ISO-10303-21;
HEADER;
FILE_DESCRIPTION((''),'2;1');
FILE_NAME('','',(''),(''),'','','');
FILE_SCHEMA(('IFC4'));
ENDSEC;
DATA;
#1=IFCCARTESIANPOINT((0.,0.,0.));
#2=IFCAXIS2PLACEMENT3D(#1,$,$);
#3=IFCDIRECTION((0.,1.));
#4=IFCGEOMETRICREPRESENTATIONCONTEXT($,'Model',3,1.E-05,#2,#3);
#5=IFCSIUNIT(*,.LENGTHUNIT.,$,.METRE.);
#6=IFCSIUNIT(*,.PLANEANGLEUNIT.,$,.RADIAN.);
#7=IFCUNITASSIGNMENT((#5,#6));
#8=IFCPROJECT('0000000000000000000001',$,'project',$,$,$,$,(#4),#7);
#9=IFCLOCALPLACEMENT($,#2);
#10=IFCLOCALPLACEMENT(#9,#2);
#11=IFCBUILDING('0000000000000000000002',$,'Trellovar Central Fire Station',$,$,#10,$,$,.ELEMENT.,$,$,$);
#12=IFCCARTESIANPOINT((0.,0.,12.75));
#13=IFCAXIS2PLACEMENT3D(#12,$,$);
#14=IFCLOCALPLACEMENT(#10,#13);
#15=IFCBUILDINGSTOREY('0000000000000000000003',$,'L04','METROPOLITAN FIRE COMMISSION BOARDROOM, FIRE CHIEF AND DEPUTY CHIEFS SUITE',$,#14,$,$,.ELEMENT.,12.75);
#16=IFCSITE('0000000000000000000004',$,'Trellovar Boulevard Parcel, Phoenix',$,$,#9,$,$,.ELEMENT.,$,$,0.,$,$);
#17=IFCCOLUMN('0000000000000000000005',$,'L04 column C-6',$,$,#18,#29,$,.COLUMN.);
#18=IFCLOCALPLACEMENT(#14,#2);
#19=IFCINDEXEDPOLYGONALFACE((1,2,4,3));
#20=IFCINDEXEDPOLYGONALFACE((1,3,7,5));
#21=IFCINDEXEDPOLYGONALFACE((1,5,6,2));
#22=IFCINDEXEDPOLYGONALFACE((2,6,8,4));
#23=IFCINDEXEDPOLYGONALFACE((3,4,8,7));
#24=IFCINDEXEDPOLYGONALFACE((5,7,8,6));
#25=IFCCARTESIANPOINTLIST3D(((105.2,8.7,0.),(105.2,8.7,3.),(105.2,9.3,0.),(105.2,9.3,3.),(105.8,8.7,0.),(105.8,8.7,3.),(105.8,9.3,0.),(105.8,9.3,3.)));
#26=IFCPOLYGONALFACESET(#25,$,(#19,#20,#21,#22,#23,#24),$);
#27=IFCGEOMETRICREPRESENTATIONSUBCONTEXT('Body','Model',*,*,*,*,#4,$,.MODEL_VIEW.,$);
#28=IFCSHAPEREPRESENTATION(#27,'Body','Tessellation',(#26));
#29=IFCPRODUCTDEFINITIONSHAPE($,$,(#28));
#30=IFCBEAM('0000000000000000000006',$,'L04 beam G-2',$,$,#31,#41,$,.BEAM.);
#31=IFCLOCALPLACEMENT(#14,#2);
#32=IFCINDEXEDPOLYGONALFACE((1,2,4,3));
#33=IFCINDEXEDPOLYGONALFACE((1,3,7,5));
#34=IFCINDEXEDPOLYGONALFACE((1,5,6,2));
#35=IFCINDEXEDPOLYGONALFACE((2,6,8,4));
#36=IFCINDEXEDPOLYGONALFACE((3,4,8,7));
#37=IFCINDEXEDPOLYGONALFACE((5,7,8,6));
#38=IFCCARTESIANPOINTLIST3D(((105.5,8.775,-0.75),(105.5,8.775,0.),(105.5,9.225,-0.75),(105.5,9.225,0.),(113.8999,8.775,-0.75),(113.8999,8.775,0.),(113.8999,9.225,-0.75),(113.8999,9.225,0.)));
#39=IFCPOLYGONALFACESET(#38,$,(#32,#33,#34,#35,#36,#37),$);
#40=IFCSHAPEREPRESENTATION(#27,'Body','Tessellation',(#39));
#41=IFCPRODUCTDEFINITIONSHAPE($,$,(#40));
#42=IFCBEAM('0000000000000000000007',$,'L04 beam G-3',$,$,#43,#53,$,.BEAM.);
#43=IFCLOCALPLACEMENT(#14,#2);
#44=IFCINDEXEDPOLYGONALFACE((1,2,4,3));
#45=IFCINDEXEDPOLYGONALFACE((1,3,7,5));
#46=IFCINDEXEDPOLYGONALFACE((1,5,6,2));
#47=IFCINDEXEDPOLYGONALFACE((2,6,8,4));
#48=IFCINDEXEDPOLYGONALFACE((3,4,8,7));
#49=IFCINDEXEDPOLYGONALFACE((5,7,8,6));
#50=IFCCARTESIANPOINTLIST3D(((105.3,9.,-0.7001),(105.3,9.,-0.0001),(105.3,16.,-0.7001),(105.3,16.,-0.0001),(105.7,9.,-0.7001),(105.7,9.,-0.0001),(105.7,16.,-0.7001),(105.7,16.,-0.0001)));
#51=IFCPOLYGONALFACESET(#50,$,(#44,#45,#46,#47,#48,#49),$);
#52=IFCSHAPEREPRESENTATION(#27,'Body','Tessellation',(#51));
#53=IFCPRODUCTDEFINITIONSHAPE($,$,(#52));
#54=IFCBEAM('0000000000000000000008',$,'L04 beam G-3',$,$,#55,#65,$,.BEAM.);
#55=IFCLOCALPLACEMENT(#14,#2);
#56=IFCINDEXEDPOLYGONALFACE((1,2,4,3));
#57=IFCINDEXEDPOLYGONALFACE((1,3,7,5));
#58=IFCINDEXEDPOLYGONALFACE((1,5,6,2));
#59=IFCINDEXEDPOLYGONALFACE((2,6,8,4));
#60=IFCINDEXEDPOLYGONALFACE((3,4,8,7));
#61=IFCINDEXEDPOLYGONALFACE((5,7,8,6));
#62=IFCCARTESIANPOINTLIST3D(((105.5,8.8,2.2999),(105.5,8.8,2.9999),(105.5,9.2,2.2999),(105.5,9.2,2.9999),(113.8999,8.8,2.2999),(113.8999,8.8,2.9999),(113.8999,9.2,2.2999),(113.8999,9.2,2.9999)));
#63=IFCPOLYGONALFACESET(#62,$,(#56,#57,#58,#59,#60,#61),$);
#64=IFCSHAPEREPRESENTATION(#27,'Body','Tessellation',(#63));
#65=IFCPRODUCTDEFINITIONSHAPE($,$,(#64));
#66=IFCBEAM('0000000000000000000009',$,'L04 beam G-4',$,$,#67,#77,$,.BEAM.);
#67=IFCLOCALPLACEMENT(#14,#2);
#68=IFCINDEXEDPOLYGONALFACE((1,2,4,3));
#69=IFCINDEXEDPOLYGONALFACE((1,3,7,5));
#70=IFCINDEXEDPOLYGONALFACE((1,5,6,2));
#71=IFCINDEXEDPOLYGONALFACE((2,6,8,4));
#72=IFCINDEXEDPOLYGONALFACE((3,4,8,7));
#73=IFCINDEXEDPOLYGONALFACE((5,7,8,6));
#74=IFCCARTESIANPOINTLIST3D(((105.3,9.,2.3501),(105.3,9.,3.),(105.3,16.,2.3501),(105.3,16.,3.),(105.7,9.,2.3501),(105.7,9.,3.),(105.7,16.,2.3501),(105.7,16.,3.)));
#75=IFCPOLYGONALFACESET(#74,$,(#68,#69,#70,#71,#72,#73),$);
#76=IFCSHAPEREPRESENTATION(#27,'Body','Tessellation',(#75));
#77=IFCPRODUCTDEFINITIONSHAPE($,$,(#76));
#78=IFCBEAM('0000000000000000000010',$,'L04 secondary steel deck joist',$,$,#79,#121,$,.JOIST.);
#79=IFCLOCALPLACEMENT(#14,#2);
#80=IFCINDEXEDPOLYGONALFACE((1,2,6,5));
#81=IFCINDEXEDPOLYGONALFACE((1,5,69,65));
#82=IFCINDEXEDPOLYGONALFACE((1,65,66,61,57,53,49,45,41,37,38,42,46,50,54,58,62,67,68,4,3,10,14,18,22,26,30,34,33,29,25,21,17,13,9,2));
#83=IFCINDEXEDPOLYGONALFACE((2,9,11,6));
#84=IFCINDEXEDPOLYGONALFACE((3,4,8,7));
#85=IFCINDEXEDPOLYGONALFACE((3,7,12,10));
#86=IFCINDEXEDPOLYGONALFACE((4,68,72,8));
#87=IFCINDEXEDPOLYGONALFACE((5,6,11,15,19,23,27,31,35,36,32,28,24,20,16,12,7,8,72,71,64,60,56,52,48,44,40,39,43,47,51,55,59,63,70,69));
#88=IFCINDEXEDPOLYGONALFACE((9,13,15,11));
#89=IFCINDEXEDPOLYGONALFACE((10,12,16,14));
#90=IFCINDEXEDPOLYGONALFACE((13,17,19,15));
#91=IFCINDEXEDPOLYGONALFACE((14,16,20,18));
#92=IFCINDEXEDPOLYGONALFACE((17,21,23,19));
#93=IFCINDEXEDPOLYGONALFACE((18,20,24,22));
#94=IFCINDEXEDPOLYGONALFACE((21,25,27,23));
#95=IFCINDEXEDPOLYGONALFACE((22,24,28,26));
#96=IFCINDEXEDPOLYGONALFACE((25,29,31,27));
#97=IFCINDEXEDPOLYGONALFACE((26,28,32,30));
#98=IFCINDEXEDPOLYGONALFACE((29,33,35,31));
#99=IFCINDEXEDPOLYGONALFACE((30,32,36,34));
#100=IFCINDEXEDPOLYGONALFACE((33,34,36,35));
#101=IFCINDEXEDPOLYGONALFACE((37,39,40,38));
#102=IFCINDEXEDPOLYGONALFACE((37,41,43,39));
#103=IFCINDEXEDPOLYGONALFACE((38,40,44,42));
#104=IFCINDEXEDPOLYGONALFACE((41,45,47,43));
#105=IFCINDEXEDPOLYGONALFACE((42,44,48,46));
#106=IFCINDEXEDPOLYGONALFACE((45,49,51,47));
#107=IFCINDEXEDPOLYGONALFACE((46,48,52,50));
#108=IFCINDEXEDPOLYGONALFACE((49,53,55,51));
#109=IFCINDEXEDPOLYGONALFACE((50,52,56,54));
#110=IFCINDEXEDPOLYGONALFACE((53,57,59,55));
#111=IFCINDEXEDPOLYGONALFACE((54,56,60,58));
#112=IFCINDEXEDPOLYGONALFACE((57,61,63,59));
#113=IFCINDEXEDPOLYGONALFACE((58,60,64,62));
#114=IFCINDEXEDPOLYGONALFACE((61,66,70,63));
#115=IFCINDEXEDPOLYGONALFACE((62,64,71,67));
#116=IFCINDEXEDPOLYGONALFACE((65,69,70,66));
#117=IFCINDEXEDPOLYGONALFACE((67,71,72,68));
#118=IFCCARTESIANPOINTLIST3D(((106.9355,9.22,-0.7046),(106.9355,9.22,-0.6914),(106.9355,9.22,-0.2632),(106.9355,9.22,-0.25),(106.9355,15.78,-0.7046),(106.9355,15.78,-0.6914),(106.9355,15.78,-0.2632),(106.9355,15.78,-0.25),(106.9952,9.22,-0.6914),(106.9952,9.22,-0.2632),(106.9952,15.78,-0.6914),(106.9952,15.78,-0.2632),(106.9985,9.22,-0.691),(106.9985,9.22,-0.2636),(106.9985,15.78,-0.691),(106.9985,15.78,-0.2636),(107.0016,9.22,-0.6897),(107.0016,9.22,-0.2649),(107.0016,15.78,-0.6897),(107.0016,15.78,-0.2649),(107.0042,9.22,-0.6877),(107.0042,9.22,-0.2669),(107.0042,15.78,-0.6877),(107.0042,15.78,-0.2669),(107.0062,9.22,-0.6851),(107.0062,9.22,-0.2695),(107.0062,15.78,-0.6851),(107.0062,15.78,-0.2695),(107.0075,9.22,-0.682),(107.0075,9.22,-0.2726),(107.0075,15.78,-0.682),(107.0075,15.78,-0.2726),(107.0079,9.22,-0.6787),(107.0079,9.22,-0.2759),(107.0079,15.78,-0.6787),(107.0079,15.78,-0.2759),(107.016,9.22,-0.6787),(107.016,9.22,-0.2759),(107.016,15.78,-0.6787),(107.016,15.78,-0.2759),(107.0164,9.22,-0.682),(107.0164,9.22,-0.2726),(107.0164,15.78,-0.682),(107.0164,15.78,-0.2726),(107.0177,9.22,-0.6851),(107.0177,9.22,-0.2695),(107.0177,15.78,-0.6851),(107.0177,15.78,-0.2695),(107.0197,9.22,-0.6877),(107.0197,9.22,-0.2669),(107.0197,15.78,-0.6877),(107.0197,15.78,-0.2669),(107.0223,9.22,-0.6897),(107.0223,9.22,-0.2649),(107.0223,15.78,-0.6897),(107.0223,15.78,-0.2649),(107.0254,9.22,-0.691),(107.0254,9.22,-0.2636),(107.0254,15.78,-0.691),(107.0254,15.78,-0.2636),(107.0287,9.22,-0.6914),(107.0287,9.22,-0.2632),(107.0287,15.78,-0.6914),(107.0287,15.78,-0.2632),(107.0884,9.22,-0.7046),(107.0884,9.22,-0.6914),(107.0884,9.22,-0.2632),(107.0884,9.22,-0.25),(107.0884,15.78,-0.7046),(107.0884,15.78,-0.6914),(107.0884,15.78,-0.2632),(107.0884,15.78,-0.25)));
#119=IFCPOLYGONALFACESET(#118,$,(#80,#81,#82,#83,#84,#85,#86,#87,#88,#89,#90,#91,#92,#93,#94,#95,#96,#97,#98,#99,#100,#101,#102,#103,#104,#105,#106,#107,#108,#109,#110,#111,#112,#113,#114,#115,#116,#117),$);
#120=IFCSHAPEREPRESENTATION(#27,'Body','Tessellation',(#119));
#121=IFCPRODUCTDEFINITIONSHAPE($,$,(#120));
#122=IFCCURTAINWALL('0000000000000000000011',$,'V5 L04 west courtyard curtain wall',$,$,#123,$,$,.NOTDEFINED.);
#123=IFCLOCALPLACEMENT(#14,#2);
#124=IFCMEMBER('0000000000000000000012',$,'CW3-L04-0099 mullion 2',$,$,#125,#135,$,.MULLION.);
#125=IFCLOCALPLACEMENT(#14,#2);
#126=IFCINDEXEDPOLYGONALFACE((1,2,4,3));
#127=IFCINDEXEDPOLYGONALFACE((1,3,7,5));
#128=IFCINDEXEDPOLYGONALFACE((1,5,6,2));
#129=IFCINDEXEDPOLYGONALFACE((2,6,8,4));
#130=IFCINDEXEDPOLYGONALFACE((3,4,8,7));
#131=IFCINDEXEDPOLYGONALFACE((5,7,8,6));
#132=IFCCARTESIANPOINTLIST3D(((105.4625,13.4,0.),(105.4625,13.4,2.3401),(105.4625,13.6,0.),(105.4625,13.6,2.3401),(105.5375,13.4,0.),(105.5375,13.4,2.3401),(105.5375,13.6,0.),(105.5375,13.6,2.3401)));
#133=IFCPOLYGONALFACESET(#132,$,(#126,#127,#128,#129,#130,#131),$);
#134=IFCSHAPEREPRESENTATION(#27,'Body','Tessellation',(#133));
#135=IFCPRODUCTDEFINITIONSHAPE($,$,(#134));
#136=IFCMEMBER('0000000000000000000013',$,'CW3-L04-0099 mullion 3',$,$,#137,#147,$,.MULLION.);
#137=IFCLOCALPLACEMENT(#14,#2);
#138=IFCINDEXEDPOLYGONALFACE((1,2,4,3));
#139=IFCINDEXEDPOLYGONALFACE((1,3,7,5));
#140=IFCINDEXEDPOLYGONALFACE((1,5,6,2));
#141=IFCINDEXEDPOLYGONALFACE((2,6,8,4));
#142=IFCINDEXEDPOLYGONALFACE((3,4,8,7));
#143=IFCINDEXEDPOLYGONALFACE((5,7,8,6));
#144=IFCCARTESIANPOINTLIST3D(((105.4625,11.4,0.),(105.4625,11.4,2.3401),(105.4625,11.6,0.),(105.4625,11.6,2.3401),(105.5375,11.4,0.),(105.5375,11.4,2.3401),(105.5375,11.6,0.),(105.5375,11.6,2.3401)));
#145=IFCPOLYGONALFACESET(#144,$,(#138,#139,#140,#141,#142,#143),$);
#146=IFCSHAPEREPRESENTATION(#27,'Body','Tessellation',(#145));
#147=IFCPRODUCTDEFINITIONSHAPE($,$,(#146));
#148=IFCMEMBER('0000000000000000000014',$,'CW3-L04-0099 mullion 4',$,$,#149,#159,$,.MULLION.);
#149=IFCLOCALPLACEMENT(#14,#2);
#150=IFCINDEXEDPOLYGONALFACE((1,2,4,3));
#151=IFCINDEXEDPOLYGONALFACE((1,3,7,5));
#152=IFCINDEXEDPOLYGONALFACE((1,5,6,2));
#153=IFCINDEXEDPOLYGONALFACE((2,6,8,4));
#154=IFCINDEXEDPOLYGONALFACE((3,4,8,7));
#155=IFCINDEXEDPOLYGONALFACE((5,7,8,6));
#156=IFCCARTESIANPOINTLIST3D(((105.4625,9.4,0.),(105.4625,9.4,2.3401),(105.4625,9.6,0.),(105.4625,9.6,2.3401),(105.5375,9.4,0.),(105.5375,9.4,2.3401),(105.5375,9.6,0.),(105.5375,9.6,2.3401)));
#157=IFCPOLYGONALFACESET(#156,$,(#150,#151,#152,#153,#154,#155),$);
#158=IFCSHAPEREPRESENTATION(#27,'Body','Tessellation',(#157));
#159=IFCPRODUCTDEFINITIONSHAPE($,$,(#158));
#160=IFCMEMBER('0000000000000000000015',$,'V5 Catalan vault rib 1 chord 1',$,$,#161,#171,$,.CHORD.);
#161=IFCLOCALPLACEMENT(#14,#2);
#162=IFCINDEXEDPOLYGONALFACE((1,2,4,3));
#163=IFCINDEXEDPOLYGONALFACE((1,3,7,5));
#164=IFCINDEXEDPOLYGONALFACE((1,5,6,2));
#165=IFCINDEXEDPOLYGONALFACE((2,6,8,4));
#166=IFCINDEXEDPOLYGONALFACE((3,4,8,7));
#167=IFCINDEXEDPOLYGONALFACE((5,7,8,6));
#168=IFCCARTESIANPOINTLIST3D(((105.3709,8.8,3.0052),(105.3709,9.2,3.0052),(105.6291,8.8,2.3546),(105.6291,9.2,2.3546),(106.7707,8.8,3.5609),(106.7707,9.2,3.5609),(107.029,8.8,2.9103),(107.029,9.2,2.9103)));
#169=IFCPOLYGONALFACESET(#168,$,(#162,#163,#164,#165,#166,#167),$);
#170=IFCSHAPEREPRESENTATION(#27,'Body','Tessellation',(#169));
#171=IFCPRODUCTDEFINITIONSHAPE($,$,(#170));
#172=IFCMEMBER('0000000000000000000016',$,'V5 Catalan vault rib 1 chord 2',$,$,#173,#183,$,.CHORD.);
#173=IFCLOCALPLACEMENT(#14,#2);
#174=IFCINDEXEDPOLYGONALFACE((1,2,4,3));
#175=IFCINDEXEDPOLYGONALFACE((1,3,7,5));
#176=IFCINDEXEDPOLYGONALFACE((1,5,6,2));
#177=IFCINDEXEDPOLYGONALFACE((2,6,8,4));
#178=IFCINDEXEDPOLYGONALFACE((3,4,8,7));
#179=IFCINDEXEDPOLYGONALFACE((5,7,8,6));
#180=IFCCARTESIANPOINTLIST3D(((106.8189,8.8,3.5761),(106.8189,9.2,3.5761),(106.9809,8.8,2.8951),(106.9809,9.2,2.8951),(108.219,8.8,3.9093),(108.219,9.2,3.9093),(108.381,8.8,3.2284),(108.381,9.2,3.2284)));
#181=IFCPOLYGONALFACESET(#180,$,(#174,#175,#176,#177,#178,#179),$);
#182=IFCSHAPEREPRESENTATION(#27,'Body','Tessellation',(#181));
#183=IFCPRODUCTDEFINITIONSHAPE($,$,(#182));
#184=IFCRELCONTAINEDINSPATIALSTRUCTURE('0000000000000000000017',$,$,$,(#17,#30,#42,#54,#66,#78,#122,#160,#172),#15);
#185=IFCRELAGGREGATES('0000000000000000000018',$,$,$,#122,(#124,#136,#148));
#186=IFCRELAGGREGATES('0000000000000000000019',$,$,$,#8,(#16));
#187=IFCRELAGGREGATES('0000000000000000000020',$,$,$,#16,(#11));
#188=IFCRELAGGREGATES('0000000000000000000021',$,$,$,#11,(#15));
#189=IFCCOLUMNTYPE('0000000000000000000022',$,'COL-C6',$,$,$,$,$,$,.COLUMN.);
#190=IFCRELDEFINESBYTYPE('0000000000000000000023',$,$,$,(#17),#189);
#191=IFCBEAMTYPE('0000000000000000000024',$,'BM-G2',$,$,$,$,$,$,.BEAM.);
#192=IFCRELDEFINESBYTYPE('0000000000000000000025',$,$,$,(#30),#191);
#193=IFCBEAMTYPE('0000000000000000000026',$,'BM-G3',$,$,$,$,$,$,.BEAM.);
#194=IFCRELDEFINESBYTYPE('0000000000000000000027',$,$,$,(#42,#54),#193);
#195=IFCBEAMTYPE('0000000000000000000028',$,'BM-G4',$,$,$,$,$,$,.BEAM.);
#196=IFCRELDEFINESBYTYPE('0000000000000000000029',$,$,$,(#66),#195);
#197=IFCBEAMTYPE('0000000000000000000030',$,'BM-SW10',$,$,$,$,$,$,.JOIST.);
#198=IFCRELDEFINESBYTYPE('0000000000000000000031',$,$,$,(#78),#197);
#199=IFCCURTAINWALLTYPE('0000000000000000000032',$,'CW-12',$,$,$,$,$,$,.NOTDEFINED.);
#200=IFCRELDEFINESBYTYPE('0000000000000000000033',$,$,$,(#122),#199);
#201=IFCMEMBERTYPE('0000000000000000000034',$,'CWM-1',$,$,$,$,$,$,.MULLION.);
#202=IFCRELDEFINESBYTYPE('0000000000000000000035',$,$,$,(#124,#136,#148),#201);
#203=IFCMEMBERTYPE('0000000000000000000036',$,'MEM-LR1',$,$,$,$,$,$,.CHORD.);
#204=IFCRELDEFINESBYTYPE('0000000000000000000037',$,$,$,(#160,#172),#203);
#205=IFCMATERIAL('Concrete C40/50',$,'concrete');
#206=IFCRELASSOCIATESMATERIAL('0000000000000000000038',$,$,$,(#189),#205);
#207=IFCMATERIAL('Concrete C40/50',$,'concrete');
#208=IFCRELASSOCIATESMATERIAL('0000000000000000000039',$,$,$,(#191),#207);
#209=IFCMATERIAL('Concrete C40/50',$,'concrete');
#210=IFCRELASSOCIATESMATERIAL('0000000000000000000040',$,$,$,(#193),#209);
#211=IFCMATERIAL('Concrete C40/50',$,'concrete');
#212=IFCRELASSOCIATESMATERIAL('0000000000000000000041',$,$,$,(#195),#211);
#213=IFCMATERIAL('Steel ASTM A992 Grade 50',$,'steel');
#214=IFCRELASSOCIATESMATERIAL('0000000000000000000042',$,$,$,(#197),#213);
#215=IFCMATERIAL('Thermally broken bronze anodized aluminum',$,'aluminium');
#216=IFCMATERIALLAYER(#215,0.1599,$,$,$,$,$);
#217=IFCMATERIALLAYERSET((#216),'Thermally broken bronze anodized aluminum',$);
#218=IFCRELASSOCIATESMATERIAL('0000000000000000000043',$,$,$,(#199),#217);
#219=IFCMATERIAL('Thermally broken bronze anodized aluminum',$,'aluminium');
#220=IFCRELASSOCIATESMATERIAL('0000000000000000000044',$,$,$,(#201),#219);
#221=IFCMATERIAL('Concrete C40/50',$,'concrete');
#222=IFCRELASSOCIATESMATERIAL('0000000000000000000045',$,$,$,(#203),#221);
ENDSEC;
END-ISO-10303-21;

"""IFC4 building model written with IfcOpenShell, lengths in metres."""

from ifc_helpers import new_model, si_unit, direction, frame, origin, origin_2d, place, context, subcontext, project, spatial, rectangle, i_section, extrude, material, layer, layer_set, material_profile, profile_set, type_object, element, aggregate, save


model = new_model("IFC4")

# Units and contexts
model_context = context("Model", 3, precision=1e-05, world=origin(), true_north=direction((0.0, 1.0)))
body_context = subcontext(model_context, "Body", "Model", "MODEL_VIEW")
ifc_project = project(units=[si_unit("LENGTHUNIT", "METRE"), si_unit("PLANEANGLEUNIT", "RADIAN")], contexts=[model_context])

# Site, building, storey
site_placement = place(None, origin())
site = spatial("IfcSite", under=ifc_project, at=site_placement, Name="Trellovar Boulevard Parcel, Phoenix", CompositionType="ELEMENT", RefElevation=0.0)
building_placement = place(site_placement, origin())
building = spatial("IfcBuilding", under=site, at=building_placement, Name="Trellovar Central Fire Station", CompositionType="ELEMENT")
storey_placement = place(building_placement, frame((0.0, 0.0, 12.75)))
storey = spatial("IfcBuildingStorey", under=building, at=storey_placement, Name="L04", Description="METROPOLITAN FIRE COMMISSION BOARDROOM, FIRE CHIEF AND DEPUTY CHIEFS SUITE", CompositionType="ELEMENT", Elevation=12.75)

# Column
ifc_material_1 = material(Name="Concrete C40/50", Category="concrete")
ifc_material_profile_1 = material_profile(ifc_material_1, rectangle(XDim=0.6001, YDim=0.6001, at=origin_2d()), Name="RC600X600")
ifc_profile_set_1 = profile_set([ifc_material_profile_1], Name="Concrete C40/50")
column_type = type_object("IfcColumnType", Name="COL-C6", PredefinedType="COLUMN", material=ifc_profile_set_1)
column_placement = place(storey_placement, frame((105.5, 9.0, 0.0), z_axis=(0.0, 0.0, 1.0), x_axis=(1.0, 0.0, 0.0)))
element("IfcColumn", 1, at=column_placement, inside=storey, type_object=column_type, Name="L04 column C-6", PredefinedType="COLUMN", context=body_context, shape_type="SweptSolid", body=[
    extrude(rectangle(XDim=0.6001, YDim=0.6001, at=origin_2d()), origin(), (0.0, 0.0, 1.0), 3.0),
])

# Beams
ifc_material_2 = material(Name="Concrete C40/50", Category="concrete")
ifc_material_profile_2 = material_profile(ifc_material_2, rectangle(XDim=0.45, YDim=0.75, at=origin_2d()), Name="RC450X750")
ifc_profile_set_2 = profile_set([ifc_material_profile_2], Name="Concrete C40/50")
beam_type_1 = type_object("IfcBeamType", Name="BM-G2", PredefinedType="BEAM", material=ifc_profile_set_2)
beam_1_placement = place(storey_placement, frame((105.5, 9.0, -0.375), z_axis=(1.0, 0.0, 0.0), x_axis=(0.0, 1.0, 0.0)))
element("IfcBeam", 2, at=beam_1_placement, inside=storey, type_object=beam_type_1, Name="L04 beam G-2", PredefinedType="BEAM", context=body_context, shape_type="SweptSolid", body=[
    extrude(rectangle(XDim=0.45, YDim=0.75, at=origin_2d()), origin(), (0.0, 0.0, 1.0), 8.3999),
])
ifc_material_3 = material(Name="Concrete C40/50", Category="concrete")
ifc_material_profile_3 = material_profile(ifc_material_3, rectangle(XDim=0.3999, YDim=0.7, at=origin_2d()), Name="RC400X700")
ifc_profile_set_3 = profile_set([ifc_material_profile_3], Name="Concrete C40/50")
beam_type_2 = type_object("IfcBeamType", Name="BM-G3", PredefinedType="BEAM", material=ifc_profile_set_3)
beam_2_placement = place(storey_placement, frame((105.5, 9.0, -0.3501), z_axis=(0.0, 1.0, 0.0), x_axis=(-1.0, 0.0, 0.0)))
element("IfcBeam", 3, at=beam_2_placement, inside=storey, type_object=beam_type_2, Name="L04 beam G-3", PredefinedType="BEAM", context=body_context, shape_type="SweptSolid", body=[
    extrude(rectangle(XDim=0.3999, YDim=0.7, at=origin_2d()), origin(), (0.0, 0.0, 1.0), 7.0),
])
beam_3_placement = place(storey_placement, frame((105.5, 9.0, 2.6499), z_axis=(1.0, 0.0, 0.0), x_axis=(0.0, 1.0, 0.0)))
element("IfcBeam", 4, at=beam_3_placement, inside=storey, type_object=beam_type_2, Name="L04 beam G-3", PredefinedType="BEAM", context=body_context, shape_type="SweptSolid", body=[
    extrude(rectangle(XDim=0.3999, YDim=0.7, at=origin_2d()), origin(), (0.0, 0.0, 1.0), 8.3999),
])
ifc_material_4 = material(Name="Concrete C40/50", Category="concrete")
ifc_material_profile_4 = material_profile(ifc_material_4, rectangle(XDim=0.3999, YDim=0.6499, at=origin_2d()), Name="RC400X650")
ifc_profile_set_4 = profile_set([ifc_material_profile_4], Name="Concrete C40/50")
beam_type_3 = type_object("IfcBeamType", Name="BM-G4", PredefinedType="BEAM", material=ifc_profile_set_4)
beam_4_placement = place(storey_placement, frame((105.5, 9.0, 2.675), z_axis=(0.0, 1.0, 0.0), x_axis=(-1.0, 0.0, 0.0)))
element("IfcBeam", 5, at=beam_4_placement, inside=storey, type_object=beam_type_3, Name="L04 beam G-4", PredefinedType="BEAM", context=body_context, shape_type="SweptSolid", body=[
    extrude(rectangle(XDim=0.3999, YDim=0.6499, at=origin_2d()), origin(), (0.0, 0.0, 1.0), 7.0),
])
ifc_material_5 = material(Name="Steel ASTM A992 Grade 50", Category="steel")
ifc_material_profile_5 = material_profile(ifc_material_5, i_section(OverallWidth=0.1528, OverallDepth=0.4546, WebThickness=0.0081, FlangeThickness=0.0132, FilletRadius=0.0127, at=origin_2d()), Name="W18X40")
ifc_profile_set_5 = profile_set([ifc_material_profile_5], Name="Steel ASTM A992 Grade 50")
beam_type_4 = type_object("IfcBeamType", Name="BM-SW10", PredefinedType="JOIST", material=ifc_profile_set_5)
beam_5_placement = place(storey_placement, frame((107.012, 9.22, -0.4773), z_axis=(0.0, 1.0, 0.0), x_axis=(-1.0, 0.0, 0.0)))
element("IfcBeam", 6, at=beam_5_placement, inside=storey, type_object=beam_type_4, Name="L04 secondary steel deck joist", PredefinedType="JOIST", context=body_context, shape_type="SweptSolid", body=[
    extrude(i_section(OverallWidth=0.1528, OverallDepth=0.4546, WebThickness=0.0081, FlangeThickness=0.0132, FilletRadius=0.0127, at=origin_2d()), origin(), (0.0, 0.0, 1.0), 6.5601),
])

# Curtain wall, members
ifc_material_6 = material(Name="Thermally broken bronze anodized aluminum", Category="aluminium")
ifc_layer_1 = layer(ifc_material_6, 0.1599)
ifc_layer_set_1 = layer_set([ifc_layer_1], Name="Thermally broken bronze anodized aluminum")
curtain_wall_type = type_object("IfcCurtainWallType", Name="CW-12", PredefinedType="NOTDEFINED", material=ifc_layer_set_1)
curtain_wall_placement = place(storey_placement, origin())
curtain_wall = element("IfcCurtainWall", 7, at=curtain_wall_placement, inside=storey, type_object=curtain_wall_type, Name="V5 L04 west courtyard curtain wall", PredefinedType="NOTDEFINED")
ifc_material_7 = material(Name="Thermally broken bronze anodized aluminum", Category="aluminium")
ifc_material_profile_6 = material_profile(ifc_material_7, rectangle(XDim=0.075, YDim=0.2, at=origin_2d()), Name="ALU75X200")
ifc_profile_set_6 = profile_set([ifc_material_profile_6], Name="Thermally broken bronze anodized aluminum")
member_type_1 = type_object("IfcMemberType", Name="CWM-1", PredefinedType="MULLION", material=ifc_profile_set_6)
member_1_placement = place(storey_placement, frame((105.5, 13.5, 0.0), z_axis=(0.0, 0.0, 1.0), x_axis=(1.0, 0.0, 0.0)))
member_1 = element("IfcMember", 8, at=member_1_placement, type_object=member_type_1, Name="CW3-L04-0099 mullion 2", PredefinedType="MULLION", context=body_context, shape_type="SweptSolid", body=[
    extrude(rectangle(XDim=0.075, YDim=0.2, at=origin_2d()), origin(), (0.0, 0.0, 1.0), 2.3401),
])
member_2_placement = place(storey_placement, frame((105.5, 11.5, 0.0), z_axis=(0.0, 0.0, 1.0), x_axis=(1.0, 0.0, 0.0)))
member_2 = element("IfcMember", 9, at=member_2_placement, type_object=member_type_1, Name="CW3-L04-0099 mullion 3", PredefinedType="MULLION", context=body_context, shape_type="SweptSolid", body=[
    extrude(rectangle(XDim=0.075, YDim=0.2, at=origin_2d()), origin(), (0.0, 0.0, 1.0), 2.3401),
])
member_3_placement = place(storey_placement, frame((105.5, 9.5, 0.0), z_axis=(0.0, 0.0, 1.0), x_axis=(1.0, 0.0, 0.0)))
member_3 = element("IfcMember", 10, at=member_3_placement, type_object=member_type_1, Name="CW3-L04-0099 mullion 4", PredefinedType="MULLION", context=body_context, shape_type="SweptSolid", body=[
    extrude(rectangle(XDim=0.075, YDim=0.2, at=origin_2d()), origin(), (0.0, 0.0, 1.0), 2.3401),
])

# Members
ifc_material_8 = material(Name="Concrete C40/50", Category="concrete")
ifc_material_profile_7 = material_profile(ifc_material_8, rectangle(XDim=0.3999, YDim=0.7, at=origin_2d()), Name="RC400X700")
ifc_profile_set_7 = profile_set([ifc_material_profile_7], Name="Concrete C40/50")
member_type_2 = type_object("IfcMemberType", Name="MEM-LR1", PredefinedType="CHORD", material=ifc_profile_set_7)
member_4_placement = place(storey_placement, frame((105.5, 9.0, 2.6799), z_axis=(0.929457, 0.0, 0.36893), x_axis=(0.0, 1.0, 0.0)))
element("IfcMember", 11, at=member_4_placement, inside=storey, type_object=member_type_2, Name="V5 Catalan vault rib 1 chord 1", PredefinedType="CHORD", context=body_context, shape_type="SweptSolid", body=[
    extrude(rectangle(XDim=0.3999, YDim=0.7, at=origin_2d()), origin(), (0.0, 0.0, 1.0), 1.5061),
])
member_5_placement = place(storey_placement, frame((106.8999, 9.0, 3.2356), z_axis=(0.972824, 0.0, 0.231544), x_axis=(0.0, 1.0, 0.0)))
element("IfcMember", 12, at=member_5_placement, inside=storey, type_object=member_type_2, Name="V5 Catalan vault rib 1 chord 2", PredefinedType="CHORD", context=body_context, shape_type="SweptSolid", body=[
    extrude(rectangle(XDim=0.3999, YDim=0.7, at=origin_2d()), origin(), (0.0, 0.0, 1.0), 1.4392),
])

aggregate(curtain_wall, [member_1, member_2, member_3])

save(model, "model.ifc")
